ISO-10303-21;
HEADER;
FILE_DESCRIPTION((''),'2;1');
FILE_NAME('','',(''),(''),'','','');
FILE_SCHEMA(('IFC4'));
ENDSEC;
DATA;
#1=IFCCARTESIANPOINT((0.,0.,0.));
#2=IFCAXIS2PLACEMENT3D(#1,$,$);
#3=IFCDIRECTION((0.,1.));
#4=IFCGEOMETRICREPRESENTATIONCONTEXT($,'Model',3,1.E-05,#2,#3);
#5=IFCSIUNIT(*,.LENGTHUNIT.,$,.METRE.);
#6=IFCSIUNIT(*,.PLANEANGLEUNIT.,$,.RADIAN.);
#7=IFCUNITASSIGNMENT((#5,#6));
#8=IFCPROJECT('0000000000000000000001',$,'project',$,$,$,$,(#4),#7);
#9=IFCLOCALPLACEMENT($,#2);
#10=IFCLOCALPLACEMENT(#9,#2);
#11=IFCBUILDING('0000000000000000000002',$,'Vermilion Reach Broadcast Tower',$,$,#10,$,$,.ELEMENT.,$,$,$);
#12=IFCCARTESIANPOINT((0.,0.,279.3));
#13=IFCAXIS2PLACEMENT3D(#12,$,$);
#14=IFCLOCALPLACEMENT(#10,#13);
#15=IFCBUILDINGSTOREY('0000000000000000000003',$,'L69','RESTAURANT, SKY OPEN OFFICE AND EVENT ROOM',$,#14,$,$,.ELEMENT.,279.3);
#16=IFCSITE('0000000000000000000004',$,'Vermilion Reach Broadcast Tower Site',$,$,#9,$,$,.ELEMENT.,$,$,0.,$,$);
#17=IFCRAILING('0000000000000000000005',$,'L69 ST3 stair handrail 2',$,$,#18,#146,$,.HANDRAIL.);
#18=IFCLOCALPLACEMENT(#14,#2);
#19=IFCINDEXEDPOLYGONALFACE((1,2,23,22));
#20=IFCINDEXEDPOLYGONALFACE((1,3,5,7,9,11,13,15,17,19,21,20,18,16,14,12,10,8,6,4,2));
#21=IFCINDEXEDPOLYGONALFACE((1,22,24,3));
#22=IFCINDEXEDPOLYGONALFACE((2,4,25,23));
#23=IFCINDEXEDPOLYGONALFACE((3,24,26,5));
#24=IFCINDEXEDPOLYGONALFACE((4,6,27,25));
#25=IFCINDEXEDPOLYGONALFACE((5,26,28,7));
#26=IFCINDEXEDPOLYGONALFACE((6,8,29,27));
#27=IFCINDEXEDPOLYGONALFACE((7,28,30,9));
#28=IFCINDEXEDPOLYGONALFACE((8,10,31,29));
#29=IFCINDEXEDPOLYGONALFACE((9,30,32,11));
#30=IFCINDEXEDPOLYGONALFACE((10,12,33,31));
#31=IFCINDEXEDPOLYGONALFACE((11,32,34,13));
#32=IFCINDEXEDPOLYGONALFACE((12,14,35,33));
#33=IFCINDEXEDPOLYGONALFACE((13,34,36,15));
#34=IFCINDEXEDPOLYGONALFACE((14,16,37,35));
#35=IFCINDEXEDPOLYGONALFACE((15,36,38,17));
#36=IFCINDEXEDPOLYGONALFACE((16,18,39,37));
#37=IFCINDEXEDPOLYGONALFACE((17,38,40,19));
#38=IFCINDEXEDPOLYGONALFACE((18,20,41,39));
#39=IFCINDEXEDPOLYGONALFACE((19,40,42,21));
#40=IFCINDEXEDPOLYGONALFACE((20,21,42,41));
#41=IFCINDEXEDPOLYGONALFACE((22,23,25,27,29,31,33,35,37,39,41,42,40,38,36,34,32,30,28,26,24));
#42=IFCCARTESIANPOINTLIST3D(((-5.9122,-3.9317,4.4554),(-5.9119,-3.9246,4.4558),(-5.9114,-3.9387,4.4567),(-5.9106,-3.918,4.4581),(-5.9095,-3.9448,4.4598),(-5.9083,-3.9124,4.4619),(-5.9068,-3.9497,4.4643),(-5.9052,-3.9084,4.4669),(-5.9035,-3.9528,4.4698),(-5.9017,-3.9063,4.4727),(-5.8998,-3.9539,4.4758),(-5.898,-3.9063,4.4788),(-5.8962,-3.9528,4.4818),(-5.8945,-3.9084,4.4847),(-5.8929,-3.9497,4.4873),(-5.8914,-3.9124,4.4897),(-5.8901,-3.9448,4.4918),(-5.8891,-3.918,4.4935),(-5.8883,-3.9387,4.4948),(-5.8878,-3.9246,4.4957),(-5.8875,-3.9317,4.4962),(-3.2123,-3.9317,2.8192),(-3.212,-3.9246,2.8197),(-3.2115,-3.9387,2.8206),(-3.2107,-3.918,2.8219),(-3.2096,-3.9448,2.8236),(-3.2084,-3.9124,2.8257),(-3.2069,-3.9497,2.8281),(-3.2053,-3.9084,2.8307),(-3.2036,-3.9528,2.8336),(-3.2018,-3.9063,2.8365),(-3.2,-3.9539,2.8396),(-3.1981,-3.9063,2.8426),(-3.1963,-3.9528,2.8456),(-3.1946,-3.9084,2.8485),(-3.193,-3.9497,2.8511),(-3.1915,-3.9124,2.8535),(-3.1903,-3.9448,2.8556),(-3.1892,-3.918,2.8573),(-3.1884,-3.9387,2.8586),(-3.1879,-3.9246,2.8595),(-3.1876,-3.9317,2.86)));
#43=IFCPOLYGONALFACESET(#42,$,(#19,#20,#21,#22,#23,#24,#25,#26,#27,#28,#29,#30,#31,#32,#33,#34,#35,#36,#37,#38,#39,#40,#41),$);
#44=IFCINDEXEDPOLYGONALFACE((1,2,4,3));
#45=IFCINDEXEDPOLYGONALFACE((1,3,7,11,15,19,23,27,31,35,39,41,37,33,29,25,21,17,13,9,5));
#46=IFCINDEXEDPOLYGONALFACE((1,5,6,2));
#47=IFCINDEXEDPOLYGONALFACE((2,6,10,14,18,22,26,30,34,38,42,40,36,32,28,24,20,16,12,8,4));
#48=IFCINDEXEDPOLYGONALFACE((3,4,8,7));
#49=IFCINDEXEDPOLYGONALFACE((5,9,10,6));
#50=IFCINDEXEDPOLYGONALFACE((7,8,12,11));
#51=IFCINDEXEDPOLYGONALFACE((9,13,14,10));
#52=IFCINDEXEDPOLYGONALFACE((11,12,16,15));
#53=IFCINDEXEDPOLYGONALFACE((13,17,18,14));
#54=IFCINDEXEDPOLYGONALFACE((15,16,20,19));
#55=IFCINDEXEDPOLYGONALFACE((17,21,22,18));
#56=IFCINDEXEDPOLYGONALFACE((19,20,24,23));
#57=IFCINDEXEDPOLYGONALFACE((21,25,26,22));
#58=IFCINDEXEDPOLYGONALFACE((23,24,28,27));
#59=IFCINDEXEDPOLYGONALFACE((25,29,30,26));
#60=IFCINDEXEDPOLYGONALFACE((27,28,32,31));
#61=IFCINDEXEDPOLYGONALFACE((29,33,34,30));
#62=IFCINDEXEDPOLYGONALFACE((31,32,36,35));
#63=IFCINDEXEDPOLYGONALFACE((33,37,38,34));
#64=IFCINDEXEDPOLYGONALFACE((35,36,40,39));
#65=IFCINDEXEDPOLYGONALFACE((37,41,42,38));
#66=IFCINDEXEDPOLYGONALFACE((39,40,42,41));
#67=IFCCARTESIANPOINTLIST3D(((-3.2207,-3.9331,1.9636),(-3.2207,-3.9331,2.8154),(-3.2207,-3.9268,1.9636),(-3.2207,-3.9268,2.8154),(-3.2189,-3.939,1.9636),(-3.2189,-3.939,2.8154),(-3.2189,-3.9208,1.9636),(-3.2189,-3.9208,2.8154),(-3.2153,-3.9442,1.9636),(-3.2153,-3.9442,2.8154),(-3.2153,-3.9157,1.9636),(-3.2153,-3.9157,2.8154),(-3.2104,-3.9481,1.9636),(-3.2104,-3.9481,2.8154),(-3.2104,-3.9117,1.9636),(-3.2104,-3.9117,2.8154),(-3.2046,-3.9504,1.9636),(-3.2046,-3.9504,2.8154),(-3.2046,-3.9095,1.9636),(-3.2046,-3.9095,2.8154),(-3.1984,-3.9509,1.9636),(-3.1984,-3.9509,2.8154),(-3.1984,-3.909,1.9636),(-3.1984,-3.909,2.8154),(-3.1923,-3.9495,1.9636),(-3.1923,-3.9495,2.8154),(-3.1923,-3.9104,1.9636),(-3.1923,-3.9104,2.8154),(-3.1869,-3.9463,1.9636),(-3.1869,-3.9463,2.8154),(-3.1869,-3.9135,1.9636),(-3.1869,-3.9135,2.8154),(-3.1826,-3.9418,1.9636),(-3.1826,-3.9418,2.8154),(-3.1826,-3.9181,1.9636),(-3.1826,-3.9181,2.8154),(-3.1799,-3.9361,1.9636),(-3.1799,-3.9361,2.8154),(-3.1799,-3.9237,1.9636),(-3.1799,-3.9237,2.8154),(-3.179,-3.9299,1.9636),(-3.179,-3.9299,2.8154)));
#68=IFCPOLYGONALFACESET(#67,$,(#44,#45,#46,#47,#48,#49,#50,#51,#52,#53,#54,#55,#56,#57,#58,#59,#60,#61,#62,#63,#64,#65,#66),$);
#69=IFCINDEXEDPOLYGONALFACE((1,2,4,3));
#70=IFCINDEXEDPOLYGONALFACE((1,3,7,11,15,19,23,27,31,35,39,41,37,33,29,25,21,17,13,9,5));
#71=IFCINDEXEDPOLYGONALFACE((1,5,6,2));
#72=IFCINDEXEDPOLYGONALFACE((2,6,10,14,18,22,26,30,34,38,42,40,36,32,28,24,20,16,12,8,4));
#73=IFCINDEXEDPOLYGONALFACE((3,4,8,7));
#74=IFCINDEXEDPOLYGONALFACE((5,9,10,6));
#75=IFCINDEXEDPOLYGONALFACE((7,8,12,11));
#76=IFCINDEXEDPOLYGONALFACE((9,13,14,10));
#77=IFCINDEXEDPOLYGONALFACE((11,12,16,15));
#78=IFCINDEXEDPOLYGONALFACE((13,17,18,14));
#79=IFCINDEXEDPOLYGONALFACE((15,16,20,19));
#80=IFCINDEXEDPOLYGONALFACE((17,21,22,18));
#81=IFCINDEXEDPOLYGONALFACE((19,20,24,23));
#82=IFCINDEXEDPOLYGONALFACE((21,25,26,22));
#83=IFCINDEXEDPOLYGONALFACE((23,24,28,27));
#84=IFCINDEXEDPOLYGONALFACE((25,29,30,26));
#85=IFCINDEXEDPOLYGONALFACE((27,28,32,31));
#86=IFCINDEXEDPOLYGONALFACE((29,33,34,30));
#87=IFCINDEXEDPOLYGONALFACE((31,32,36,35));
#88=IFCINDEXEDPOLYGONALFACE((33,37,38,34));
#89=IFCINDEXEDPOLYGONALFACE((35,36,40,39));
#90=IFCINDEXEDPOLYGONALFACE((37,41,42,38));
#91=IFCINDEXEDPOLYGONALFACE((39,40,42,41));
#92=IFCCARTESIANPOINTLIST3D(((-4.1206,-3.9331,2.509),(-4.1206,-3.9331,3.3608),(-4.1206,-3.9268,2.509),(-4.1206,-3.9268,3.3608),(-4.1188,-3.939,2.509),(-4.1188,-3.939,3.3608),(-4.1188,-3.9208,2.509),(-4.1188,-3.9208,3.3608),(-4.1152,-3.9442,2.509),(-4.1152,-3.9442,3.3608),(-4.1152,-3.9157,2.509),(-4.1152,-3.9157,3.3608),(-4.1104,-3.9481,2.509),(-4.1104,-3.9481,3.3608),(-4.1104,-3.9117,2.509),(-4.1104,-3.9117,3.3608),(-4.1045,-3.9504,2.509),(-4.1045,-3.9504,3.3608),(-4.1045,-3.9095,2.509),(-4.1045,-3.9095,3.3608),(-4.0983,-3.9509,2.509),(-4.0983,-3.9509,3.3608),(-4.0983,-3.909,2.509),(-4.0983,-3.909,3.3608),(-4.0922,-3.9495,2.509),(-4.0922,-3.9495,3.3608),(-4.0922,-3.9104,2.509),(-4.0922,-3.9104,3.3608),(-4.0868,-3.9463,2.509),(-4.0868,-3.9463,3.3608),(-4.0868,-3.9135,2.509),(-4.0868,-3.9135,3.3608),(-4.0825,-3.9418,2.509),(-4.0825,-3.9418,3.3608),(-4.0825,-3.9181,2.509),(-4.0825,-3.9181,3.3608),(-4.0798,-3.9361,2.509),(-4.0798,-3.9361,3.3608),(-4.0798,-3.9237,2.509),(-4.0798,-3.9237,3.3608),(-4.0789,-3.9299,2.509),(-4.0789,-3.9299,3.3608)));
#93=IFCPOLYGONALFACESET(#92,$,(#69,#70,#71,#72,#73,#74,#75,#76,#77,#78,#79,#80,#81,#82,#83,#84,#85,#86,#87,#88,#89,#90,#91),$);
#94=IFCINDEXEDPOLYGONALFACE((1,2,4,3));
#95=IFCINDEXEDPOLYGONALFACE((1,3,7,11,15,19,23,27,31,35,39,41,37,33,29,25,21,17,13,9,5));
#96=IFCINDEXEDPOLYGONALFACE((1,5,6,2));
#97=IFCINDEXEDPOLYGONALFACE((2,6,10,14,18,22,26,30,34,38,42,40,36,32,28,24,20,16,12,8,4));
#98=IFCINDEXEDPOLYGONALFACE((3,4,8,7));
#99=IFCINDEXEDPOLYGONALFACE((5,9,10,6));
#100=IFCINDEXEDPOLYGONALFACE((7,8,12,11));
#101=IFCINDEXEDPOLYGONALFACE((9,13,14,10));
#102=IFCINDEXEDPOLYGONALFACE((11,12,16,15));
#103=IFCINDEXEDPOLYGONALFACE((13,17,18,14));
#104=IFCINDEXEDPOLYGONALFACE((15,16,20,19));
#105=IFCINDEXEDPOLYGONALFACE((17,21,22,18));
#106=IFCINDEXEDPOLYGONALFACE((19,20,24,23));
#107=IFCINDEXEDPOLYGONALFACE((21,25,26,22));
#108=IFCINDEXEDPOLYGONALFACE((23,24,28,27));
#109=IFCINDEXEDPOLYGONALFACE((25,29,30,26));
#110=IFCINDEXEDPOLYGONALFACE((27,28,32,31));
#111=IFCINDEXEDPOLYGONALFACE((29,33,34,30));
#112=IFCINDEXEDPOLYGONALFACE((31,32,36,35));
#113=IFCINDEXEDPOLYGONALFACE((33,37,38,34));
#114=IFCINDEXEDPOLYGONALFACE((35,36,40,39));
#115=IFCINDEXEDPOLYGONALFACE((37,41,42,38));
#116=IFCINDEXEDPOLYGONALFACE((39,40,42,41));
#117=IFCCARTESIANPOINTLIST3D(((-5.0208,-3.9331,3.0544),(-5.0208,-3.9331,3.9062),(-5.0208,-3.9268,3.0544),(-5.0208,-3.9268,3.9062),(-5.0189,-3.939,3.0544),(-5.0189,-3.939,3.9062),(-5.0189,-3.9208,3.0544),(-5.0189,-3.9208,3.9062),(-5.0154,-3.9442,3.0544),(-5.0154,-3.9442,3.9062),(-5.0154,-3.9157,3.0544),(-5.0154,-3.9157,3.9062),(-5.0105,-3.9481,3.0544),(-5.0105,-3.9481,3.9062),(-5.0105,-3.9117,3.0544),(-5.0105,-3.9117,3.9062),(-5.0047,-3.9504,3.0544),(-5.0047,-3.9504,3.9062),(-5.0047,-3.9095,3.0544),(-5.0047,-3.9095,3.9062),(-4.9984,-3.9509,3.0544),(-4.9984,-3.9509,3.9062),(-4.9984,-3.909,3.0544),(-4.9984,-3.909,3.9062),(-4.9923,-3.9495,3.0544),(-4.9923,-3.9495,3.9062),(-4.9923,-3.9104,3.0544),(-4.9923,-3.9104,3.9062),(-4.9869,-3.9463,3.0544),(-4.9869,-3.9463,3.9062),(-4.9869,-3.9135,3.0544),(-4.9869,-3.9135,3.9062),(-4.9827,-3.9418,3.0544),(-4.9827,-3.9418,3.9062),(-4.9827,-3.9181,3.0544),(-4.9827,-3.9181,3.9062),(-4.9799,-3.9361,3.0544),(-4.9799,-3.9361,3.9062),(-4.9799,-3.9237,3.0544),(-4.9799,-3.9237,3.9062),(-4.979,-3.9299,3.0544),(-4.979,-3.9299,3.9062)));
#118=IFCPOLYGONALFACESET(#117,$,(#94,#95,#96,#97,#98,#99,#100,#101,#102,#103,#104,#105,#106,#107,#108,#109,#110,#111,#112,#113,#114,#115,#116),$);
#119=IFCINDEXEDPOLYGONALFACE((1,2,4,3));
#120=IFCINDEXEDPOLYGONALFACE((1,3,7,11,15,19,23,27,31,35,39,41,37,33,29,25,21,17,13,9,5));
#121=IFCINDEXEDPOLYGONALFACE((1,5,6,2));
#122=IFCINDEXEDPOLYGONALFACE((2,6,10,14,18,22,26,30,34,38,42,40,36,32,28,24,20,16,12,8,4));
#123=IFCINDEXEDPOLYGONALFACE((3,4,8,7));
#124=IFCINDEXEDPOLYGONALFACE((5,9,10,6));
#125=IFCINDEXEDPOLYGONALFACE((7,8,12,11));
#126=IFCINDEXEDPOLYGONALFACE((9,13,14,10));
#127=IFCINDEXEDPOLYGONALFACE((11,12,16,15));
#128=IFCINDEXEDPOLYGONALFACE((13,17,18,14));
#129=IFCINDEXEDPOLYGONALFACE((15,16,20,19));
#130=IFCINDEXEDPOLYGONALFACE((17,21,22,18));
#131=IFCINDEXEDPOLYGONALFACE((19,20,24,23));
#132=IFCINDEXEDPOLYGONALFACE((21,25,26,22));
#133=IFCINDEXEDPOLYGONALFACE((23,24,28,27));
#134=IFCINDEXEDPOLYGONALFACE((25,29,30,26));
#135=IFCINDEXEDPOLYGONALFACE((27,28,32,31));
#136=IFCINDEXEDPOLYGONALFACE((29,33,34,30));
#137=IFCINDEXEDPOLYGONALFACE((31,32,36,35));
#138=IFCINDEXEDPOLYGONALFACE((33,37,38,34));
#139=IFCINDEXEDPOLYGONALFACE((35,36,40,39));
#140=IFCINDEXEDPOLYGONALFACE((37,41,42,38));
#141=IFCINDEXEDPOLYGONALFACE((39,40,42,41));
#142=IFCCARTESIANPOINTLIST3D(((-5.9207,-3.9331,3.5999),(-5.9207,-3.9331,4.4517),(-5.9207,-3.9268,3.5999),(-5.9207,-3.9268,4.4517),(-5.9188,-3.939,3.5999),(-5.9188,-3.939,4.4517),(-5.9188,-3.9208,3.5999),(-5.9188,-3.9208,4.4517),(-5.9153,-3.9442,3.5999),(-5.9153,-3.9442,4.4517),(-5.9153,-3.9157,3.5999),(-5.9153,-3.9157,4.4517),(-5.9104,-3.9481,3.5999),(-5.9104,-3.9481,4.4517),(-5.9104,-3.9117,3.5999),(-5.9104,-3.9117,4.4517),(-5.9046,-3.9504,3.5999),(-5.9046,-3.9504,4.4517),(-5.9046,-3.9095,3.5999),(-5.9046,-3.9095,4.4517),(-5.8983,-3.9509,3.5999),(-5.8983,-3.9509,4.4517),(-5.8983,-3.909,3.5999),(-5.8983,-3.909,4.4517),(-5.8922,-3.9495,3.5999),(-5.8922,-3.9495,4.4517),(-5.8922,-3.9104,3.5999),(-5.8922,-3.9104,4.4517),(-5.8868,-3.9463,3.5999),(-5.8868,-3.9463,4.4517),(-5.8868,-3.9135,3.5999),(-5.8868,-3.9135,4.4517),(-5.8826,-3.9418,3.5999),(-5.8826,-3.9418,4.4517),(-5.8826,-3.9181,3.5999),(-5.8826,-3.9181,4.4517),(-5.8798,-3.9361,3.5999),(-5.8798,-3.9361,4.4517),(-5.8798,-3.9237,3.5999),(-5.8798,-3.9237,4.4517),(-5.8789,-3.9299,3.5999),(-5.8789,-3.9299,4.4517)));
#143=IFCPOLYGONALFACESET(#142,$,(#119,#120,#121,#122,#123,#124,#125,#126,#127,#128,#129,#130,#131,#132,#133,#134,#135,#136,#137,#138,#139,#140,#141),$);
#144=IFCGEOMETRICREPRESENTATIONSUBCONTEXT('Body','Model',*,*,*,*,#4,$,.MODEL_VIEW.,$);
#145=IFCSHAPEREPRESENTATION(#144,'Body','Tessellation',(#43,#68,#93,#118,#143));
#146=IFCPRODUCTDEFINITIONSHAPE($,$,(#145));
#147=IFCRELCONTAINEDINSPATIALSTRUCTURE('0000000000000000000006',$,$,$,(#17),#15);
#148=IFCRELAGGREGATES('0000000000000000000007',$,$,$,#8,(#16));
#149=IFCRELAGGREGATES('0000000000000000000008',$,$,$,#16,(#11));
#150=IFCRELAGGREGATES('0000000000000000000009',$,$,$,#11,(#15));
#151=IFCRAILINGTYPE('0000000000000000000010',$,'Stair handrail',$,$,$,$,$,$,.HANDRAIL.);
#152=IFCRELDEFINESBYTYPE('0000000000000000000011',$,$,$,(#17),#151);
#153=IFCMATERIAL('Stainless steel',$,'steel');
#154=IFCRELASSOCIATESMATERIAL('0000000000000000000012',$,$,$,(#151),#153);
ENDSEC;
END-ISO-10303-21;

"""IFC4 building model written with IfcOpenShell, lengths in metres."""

from ifc_helpers import new_model, si_unit, direction, frame, origin, origin_2d, place, context, subcontext, project, spatial, circle, extrude, material, type_object, element, save


model = new_model("IFC4")

# Units and contexts
model_context = context("Model", 3, precision=1e-05, world=origin(), true_north=direction((0.0, 1.0)))
body_context = subcontext(model_context, "Body", "Model", "MODEL_VIEW")
ifc_project = project(units=[si_unit("LENGTHUNIT", "METRE"), si_unit("PLANEANGLEUNIT", "RADIAN")], contexts=[model_context])

# Site, building, storey
site_placement = place(None, origin())
site = spatial("IfcSite", under=ifc_project, at=site_placement, Name="Vermilion Reach Broadcast Tower Site", CompositionType="ELEMENT", RefElevation=0.0)
building_placement = place(site_placement, origin())
building = spatial("IfcBuilding", under=site, at=building_placement, Name="Vermilion Reach Broadcast Tower", CompositionType="ELEMENT")
storey_placement = place(building_placement, frame((0.0, 0.0, 279.3)))
storey = spatial("IfcBuildingStorey", under=building, at=storey_placement, Name="L69", Description="RESTAURANT, SKY OPEN OFFICE AND EVENT ROOM", CompositionType="ELEMENT", Elevation=279.3)

# Railing
ifc_material_1 = material(Name="Stainless steel", Category="steel")
railing_type_1 = type_object("IfcRailingType", Name="Stair handrail", PredefinedType="HANDRAIL", material=ifc_material_1)
railing_1_placement = place(storey_placement, frame((-3.2, -3.9299, 1.9636)))
element("IfcRailing", 1, at=railing_1_placement, inside=storey, type_object=railing_type_1, Name="L69 ST3 stair handrail 2", PredefinedType="HANDRAIL", context=body_context, shape_type="SweptSolid", body=[
    extrude(circle(Radius=0.0239, at=origin_2d()), frame((0.0, 0.0, 0.876), z_axis=(-0.855212, 0.0, 0.518278), x_axis=(0.0, -1.0, 0.0)), (0.0, 0.0, 1.0), 3.157),
    extrude(circle(Radius=0.021, at=origin_2d()), origin(), (0.0, 0.0, 1.0), 0.8518),
    extrude(circle(Radius=0.021, at=origin_2d()), frame((-0.8999, 0.0, 0.5454)), (0.0, 0.0, 1.0), 0.8518),
    extrude(circle(Radius=0.021, at=origin_2d()), frame((-1.8, 0.0, 1.0908)), (0.0, 0.0, 1.0), 0.8518),
    extrude(circle(Radius=0.021, at=origin_2d()), frame((-2.7, 0.0, 1.6362)), (0.0, 0.0, 1.0), 0.8518),
])

save(model, "model.ifc")
